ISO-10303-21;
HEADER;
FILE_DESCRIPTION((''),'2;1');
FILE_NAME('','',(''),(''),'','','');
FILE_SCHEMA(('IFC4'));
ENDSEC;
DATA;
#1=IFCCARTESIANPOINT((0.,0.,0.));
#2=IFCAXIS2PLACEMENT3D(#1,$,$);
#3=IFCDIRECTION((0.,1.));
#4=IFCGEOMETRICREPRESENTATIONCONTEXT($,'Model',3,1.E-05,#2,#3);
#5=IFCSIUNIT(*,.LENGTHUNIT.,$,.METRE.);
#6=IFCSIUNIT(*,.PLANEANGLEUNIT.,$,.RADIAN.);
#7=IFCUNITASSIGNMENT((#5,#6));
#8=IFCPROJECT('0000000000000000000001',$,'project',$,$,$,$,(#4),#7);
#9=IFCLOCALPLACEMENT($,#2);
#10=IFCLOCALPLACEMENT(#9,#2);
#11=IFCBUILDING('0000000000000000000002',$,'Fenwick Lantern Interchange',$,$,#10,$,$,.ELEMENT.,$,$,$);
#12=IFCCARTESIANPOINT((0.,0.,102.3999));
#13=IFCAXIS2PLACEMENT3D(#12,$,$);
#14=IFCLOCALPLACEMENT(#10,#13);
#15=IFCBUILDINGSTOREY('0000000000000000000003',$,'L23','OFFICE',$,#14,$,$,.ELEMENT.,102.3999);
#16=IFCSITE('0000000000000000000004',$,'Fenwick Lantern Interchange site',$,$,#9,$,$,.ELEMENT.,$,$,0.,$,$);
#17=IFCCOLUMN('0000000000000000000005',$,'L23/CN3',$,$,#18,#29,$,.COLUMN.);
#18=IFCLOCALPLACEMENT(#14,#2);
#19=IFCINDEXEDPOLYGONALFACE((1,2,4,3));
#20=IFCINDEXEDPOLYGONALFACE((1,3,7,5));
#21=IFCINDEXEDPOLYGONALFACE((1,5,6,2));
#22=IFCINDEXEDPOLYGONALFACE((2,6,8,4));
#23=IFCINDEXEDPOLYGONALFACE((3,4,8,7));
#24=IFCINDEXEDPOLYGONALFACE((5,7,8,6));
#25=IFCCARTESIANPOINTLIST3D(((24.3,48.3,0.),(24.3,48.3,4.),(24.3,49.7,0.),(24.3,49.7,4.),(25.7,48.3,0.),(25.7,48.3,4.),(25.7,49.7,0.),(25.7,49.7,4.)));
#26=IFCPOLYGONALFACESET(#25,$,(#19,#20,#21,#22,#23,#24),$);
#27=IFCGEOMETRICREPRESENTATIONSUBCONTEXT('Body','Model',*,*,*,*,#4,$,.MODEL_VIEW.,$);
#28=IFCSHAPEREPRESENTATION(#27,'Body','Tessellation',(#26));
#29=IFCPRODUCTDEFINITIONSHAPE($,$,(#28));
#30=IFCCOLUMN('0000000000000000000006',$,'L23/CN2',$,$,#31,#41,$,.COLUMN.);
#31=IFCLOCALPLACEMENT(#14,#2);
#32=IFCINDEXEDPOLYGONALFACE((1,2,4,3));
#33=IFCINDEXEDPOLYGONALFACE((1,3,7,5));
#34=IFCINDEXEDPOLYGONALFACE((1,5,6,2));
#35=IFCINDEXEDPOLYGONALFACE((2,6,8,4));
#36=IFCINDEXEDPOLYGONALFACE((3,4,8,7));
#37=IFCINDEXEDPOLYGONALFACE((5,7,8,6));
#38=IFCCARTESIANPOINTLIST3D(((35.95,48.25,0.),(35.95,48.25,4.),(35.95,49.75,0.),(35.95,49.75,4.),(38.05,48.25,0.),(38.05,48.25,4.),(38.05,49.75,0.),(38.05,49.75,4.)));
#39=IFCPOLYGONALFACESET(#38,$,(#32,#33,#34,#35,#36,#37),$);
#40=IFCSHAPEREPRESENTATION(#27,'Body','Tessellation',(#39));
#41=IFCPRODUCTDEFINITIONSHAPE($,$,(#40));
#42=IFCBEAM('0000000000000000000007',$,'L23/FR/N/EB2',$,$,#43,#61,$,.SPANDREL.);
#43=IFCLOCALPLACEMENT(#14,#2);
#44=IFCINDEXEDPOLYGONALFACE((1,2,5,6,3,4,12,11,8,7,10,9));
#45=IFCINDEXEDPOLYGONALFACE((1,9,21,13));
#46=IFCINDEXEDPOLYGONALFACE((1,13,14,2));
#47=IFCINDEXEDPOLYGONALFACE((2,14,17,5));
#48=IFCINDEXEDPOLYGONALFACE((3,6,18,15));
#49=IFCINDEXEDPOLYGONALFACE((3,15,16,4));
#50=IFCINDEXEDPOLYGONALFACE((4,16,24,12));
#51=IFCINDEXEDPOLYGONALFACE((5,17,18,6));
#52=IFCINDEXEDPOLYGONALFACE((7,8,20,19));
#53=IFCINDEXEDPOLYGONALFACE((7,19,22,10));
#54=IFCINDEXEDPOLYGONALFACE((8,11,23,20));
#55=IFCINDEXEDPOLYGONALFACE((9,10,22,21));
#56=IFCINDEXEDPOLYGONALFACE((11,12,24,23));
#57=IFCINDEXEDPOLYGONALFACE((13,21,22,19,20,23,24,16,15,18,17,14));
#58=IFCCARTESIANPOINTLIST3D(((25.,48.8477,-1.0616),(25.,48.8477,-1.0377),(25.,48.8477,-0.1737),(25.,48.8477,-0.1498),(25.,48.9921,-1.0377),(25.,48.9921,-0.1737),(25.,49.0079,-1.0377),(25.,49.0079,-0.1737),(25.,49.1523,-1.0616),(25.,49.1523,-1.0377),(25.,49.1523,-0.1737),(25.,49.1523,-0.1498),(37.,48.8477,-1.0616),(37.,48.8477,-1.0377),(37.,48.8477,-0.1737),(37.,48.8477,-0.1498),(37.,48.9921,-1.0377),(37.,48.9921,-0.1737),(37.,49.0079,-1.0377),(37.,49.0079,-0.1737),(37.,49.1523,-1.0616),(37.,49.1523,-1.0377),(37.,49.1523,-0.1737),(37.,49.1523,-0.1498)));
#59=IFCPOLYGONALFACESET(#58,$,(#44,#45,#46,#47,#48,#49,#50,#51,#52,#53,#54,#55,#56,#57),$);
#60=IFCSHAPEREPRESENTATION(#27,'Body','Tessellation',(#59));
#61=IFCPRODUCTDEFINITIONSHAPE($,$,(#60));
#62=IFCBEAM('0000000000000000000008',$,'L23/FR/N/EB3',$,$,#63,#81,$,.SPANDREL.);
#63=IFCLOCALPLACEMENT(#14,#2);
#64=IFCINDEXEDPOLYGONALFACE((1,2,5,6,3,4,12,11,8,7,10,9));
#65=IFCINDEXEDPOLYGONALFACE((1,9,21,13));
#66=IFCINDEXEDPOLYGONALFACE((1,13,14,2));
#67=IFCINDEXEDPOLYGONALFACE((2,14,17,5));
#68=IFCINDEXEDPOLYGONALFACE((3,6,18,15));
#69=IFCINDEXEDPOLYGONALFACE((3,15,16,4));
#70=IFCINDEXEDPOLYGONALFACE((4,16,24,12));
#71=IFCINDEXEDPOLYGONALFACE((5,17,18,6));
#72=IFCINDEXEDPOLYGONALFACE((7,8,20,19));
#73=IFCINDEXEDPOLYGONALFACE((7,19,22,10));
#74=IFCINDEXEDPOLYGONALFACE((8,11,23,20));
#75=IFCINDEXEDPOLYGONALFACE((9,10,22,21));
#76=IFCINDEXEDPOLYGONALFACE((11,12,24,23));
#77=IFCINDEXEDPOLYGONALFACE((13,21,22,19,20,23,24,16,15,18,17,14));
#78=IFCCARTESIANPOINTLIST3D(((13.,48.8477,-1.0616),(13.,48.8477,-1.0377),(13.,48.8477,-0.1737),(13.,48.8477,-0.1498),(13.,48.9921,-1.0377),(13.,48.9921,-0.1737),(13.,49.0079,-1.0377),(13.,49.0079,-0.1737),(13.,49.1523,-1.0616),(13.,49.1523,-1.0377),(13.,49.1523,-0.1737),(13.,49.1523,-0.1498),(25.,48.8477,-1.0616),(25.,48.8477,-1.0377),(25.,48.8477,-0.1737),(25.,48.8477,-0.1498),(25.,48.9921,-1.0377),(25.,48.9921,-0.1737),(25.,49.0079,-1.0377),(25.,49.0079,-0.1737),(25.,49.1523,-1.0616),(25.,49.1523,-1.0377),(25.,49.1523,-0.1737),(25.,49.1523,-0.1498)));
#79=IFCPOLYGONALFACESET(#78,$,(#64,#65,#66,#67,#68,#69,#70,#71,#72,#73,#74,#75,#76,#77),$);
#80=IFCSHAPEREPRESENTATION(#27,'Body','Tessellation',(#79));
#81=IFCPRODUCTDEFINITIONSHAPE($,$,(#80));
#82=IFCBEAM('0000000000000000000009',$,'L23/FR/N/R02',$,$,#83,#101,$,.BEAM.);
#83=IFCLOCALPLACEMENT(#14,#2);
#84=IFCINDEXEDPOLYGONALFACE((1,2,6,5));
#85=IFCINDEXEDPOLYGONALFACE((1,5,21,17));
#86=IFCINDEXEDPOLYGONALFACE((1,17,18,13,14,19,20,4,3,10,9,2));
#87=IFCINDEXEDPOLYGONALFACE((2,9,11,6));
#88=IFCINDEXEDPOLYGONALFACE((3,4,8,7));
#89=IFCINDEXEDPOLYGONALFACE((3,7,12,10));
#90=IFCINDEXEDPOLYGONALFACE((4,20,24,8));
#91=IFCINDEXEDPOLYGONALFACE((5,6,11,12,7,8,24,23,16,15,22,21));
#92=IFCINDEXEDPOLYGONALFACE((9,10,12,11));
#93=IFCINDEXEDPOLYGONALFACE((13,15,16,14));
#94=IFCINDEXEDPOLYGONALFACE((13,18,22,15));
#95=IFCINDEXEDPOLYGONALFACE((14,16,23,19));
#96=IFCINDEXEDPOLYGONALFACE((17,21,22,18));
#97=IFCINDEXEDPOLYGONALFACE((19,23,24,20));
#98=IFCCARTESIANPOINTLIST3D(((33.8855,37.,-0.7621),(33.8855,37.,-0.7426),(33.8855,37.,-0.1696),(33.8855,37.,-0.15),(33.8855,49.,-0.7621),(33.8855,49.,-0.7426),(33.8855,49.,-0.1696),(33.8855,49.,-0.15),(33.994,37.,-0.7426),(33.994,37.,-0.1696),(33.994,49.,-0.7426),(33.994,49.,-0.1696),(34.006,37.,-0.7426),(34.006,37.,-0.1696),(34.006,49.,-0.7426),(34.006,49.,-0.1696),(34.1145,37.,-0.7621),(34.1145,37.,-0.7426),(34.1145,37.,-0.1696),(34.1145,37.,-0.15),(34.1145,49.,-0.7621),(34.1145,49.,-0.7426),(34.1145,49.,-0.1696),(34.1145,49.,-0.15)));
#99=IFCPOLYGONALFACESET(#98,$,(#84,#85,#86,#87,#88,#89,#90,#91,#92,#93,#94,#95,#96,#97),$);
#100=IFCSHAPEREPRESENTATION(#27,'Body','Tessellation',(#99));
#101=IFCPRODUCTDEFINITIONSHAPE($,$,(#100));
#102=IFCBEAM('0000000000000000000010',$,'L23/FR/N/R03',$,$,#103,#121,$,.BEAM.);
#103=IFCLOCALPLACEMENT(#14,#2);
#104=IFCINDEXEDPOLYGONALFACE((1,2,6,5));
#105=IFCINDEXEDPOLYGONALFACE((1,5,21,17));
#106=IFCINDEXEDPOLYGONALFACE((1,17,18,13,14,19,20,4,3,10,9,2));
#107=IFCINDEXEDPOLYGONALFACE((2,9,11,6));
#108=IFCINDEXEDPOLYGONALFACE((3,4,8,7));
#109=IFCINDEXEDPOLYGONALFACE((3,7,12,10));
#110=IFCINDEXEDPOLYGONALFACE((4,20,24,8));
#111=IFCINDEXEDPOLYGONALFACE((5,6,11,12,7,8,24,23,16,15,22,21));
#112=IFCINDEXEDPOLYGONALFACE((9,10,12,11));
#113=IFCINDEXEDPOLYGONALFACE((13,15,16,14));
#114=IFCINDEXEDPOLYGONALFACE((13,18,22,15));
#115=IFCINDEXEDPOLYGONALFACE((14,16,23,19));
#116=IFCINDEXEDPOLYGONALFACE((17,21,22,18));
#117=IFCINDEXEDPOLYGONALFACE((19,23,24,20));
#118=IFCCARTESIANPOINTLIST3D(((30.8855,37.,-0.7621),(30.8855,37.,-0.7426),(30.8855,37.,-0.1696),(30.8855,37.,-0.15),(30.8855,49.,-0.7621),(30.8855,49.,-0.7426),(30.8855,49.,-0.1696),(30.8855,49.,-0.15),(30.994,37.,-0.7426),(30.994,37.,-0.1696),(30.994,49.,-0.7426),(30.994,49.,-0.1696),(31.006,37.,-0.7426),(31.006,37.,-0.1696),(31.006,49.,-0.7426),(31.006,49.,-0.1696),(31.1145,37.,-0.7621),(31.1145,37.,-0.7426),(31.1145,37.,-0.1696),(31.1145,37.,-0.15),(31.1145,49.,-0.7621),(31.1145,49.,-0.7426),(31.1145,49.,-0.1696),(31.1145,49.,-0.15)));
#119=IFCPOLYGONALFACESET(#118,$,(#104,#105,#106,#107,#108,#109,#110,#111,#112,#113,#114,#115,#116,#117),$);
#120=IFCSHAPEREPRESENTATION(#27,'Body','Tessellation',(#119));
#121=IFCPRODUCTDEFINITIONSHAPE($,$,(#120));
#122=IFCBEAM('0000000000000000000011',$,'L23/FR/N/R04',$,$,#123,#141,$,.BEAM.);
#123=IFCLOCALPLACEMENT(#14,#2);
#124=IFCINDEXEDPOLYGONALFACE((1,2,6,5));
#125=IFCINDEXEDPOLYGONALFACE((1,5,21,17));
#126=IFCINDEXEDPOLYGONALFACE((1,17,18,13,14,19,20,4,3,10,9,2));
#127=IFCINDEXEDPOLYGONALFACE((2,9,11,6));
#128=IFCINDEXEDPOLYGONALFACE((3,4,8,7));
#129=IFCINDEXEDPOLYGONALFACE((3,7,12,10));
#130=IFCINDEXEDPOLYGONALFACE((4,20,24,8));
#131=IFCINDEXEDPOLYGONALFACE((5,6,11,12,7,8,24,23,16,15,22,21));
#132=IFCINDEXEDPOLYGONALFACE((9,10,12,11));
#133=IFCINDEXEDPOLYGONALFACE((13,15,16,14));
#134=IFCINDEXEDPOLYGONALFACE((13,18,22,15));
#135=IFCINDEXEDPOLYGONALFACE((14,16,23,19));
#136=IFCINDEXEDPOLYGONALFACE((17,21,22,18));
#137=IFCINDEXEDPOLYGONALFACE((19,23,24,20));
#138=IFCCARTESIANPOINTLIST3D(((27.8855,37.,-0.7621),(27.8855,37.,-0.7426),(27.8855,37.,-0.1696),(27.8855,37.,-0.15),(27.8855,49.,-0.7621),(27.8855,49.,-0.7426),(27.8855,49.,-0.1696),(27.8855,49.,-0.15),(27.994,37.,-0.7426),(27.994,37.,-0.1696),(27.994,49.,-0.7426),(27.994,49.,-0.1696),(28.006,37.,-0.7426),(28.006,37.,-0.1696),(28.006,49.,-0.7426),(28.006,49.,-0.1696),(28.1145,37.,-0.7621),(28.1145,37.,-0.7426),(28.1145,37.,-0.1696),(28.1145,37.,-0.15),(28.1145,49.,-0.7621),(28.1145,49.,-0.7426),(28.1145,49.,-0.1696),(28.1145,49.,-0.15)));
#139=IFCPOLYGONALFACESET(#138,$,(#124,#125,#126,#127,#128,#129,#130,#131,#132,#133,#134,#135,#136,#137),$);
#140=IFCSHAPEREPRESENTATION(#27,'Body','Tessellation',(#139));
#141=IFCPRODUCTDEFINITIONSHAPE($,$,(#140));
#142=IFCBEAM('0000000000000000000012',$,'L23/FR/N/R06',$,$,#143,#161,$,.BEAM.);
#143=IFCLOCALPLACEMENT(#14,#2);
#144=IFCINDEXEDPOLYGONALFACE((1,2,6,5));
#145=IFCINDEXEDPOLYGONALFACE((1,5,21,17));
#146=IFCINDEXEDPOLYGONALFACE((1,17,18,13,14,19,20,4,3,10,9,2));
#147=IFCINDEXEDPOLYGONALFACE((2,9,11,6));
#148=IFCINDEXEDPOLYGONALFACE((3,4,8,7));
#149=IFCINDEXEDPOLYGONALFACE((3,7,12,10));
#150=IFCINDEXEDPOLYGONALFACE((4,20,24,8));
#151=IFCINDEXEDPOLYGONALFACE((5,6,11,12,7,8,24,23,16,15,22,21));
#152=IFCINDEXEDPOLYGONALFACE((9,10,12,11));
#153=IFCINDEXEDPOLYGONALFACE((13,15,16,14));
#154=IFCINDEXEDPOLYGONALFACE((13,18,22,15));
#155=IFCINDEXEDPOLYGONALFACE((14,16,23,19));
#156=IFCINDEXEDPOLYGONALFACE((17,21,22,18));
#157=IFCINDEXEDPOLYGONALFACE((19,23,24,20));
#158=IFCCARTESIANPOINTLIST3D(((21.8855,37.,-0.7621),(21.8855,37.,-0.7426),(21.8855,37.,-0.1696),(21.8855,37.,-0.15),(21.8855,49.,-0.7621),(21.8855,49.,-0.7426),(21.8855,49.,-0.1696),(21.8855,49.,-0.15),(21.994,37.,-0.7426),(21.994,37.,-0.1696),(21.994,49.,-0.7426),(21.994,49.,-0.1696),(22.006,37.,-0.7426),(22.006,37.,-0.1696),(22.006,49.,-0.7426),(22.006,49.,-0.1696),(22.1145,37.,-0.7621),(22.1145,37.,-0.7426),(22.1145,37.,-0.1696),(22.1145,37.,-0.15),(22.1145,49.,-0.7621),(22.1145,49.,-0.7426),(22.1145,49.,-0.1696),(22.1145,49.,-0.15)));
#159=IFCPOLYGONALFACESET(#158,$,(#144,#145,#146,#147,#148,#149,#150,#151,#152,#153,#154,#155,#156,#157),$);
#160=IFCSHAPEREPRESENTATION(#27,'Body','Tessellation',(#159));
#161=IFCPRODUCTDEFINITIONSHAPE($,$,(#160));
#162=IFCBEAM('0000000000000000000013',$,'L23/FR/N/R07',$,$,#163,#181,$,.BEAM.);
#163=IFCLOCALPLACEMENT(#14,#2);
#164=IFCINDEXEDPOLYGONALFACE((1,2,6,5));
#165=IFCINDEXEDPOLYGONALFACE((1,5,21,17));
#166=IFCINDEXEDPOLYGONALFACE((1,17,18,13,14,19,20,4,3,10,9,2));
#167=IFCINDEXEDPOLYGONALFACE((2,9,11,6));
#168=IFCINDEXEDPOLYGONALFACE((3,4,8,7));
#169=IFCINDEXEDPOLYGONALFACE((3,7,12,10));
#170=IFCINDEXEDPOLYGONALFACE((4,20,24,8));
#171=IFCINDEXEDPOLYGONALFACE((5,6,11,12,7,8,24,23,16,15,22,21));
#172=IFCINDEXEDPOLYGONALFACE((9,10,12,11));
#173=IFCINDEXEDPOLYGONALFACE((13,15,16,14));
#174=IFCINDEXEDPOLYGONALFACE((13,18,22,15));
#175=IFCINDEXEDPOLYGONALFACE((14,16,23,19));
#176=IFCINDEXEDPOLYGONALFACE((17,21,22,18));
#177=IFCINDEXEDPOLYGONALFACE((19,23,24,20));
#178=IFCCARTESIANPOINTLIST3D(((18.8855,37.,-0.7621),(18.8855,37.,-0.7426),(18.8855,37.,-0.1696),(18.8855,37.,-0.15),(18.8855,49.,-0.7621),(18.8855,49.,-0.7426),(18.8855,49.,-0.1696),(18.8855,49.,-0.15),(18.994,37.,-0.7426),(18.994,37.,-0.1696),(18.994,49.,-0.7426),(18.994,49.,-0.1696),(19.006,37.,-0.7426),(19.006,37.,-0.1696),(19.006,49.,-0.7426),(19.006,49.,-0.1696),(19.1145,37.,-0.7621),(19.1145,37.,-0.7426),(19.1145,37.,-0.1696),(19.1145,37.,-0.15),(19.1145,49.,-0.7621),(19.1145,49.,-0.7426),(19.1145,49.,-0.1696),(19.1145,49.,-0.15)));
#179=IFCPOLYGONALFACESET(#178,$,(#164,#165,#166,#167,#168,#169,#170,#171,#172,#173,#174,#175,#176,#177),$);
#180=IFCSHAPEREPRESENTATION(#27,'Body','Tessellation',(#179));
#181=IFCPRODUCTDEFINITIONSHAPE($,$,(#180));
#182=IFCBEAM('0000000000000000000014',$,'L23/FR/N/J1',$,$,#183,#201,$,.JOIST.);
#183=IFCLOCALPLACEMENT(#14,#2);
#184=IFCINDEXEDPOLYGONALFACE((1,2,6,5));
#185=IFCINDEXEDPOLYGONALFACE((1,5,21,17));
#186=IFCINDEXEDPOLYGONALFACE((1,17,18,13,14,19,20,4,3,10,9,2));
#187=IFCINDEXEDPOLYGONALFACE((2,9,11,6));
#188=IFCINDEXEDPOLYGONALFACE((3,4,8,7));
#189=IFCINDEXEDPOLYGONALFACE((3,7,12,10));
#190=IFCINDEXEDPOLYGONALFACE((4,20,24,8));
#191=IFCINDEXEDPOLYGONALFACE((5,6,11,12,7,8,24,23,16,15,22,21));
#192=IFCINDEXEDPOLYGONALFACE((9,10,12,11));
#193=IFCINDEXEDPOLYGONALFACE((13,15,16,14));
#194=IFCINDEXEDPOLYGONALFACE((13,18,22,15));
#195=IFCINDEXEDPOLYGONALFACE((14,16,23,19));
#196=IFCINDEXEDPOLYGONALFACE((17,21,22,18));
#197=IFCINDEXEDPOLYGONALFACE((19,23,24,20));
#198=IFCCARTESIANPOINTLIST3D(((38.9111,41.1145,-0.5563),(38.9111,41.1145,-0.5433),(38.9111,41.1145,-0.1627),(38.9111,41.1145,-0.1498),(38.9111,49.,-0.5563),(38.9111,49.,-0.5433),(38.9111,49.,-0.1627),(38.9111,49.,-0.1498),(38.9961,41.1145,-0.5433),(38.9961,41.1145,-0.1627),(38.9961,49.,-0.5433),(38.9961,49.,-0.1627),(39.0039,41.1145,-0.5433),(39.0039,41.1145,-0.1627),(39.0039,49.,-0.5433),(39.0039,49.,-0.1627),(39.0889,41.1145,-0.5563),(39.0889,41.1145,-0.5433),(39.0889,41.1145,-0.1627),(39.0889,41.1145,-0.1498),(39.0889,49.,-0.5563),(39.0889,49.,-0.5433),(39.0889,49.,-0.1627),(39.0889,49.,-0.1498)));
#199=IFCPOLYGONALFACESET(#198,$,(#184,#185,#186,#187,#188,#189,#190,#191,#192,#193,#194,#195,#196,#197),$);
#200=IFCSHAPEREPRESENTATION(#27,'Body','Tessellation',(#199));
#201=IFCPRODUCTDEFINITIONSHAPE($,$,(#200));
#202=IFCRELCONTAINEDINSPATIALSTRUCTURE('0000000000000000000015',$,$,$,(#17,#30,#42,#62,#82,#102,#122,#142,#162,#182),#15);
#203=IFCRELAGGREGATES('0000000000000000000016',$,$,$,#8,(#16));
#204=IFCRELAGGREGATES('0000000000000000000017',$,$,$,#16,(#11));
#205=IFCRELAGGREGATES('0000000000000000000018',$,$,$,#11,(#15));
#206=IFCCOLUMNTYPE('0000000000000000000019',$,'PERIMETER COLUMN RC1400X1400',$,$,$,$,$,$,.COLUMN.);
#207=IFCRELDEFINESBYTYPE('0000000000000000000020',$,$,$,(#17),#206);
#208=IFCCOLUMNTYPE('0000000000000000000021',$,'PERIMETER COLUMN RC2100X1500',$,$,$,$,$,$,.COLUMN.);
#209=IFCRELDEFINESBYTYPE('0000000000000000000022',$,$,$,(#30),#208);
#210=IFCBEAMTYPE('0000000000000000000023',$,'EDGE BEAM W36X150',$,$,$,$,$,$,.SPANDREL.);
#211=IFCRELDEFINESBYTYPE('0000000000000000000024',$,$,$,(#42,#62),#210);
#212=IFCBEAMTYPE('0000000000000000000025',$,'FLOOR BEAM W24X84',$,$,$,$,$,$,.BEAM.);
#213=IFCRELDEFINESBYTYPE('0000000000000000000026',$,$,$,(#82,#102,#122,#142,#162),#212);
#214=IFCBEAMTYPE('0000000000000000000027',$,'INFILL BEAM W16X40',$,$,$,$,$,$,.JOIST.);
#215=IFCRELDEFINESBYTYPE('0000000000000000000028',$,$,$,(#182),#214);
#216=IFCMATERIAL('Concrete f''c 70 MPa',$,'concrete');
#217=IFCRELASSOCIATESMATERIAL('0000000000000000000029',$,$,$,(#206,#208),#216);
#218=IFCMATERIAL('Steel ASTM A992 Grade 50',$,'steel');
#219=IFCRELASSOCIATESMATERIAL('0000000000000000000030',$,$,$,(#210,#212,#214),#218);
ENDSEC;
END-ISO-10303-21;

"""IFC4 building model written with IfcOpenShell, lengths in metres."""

from ifc_helpers import new_model, si_unit, direction, frame, origin, origin_2d, place, context, subcontext, project, spatial, rectangle, i_section, extrude, material, material_profile, profile_set, type_object, element, save


model = new_model("IFC4")

# Units and contexts
model_context = context("Model", 3, precision=1e-05, world=origin(), true_north=direction((0.0, 1.0)))
body_context = subcontext(model_context, "Body", "Model", "MODEL_VIEW")
ifc_project = project(units=[si_unit("LENGTHUNIT", "METRE"), si_unit("PLANEANGLEUNIT", "RADIAN")], contexts=[model_context])

# Site, building, storey
site_placement = place(None, origin())
site = spatial("IfcSite", under=ifc_project, at=site_placement, Name="Fenwick Lantern Interchange site", CompositionType="ELEMENT", RefElevation=0.0)
building_placement = place(site_placement, origin())
building = spatial("IfcBuilding", under=site, at=building_placement, Name="Fenwick Lantern Interchange", CompositionType="ELEMENT")
storey_placement = place(building_placement, frame((0.0, 0.0, 102.3999)))
storey = spatial("IfcBuildingStorey", under=building, at=storey_placement, Name="L23", Description="OFFICE", CompositionType="ELEMENT", Elevation=102.3999)

# Columns
ifc_material_1 = material(Name="Concrete f'c 70 MPa", Category="concrete")
ifc_material_profile_1 = material_profile(ifc_material_1, rectangle(XDim=1.3999, YDim=1.3999, at=origin_2d()), Name="RC1400X1400")
ifc_profile_set_1 = profile_set([ifc_material_profile_1], Name="Concrete f'c 70 MPa")
column_type_1 = type_object("IfcColumnType", Name="PERIMETER COLUMN RC1400X1400", PredefinedType="COLUMN", material=ifc_profile_set_1)
column_1_placement = place(storey_placement, frame((25.0, 49.0, 0.0), z_axis=(0.0, 0.0, 1.0), x_axis=(1.0, 0.0, 0.0)))
element("IfcColumn", 1, at=column_1_placement, inside=storey, type_object=column_type_1, Name="L23/CN3", PredefinedType="COLUMN", context=body_context, shape_type="SweptSolid", body=[
    extrude(rectangle(XDim=1.3999, YDim=1.3999, at=origin_2d()), origin(), (0.0, 0.0, 1.0), 4.0),
])
ifc_material_profile_2 = material_profile(ifc_material_1, rectangle(XDim=2.1001, YDim=1.5, at=origin_2d()), Name="RC2100X1500")
ifc_profile_set_2 = profile_set([ifc_material_profile_2], Name="Concrete f'c 70 MPa")
column_type_2 = type_object("IfcColumnType", Name="PERIMETER COLUMN RC2100X1500", PredefinedType="COLUMN", material=ifc_profile_set_2)
column_2_placement = place(storey_placement, frame((37.0, 49.0, 0.0), z_axis=(0.0, 0.0, 1.0), x_axis=(1.0, 0.0, 0.0)))
element("IfcColumn", 2, at=column_2_placement, inside=storey, type_object=column_type_2, Name="L23/CN2", PredefinedType="COLUMN", context=body_context, shape_type="SweptSolid", body=[
    extrude(rectangle(XDim=2.1001, YDim=1.5, at=origin_2d()), origin(), (0.0, 0.0, 1.0), 4.0),
])

# Beams
ifc_material_2 = material(Name="Steel ASTM A992 Grade 50", Category="steel")
ifc_material_profile_3 = material_profile(ifc_material_2, i_section(OverallWidth=0.3047, OverallDepth=0.9119, WebThickness=0.0159, FlangeThickness=0.0239, at=origin_2d()), Name="W36X150")
ifc_profile_set_3 = profile_set([ifc_material_profile_3], Name="Steel ASTM A992 Grade 50")
beam_type_1 = type_object("IfcBeamType", Name="EDGE BEAM W36X150", PredefinedType="SPANDREL", material=ifc_profile_set_3)
for number, where, z_axis, x_axis, name in (
    (3, (37.0, 49.0, -0.6057), (-1.0, 0.0, 0.0), (0.0, -1.0, 0.0), "L23/FR/N/EB2"),
    (4, (25.0, 49.0, -0.6057), (-1.0, 0.0, 0.0), (0.0, -1.0, 0.0), "L23/FR/N/EB3"),
):
    element("IfcBeam", number, at=place(storey_placement, frame(where, z_axis=z_axis, x_axis=x_axis)), inside=storey, type_object=beam_type_1, Name=name, PredefinedType="SPANDREL", context=body_context, shape_type="SweptSolid", body=[
        extrude(i_section(OverallWidth=0.3047, OverallDepth=0.9119, WebThickness=0.0159, FlangeThickness=0.0239, at=origin_2d()), origin(), (0.0, 0.0, 1.0), 12.0),
    ])
ifc_material_profile_4 = material_profile(ifc_material_2, i_section(OverallWidth=0.229, OverallDepth=0.6121, WebThickness=0.012, FlangeThickness=0.0195, at=origin_2d()), Name="W24X84")
ifc_profile_set_4 = profile_set([ifc_material_profile_4], Name="Steel ASTM A992 Grade 50")
beam_type_2 = type_object("IfcBeamType", Name="FLOOR BEAM W24X84", PredefinedType="BEAM", material=ifc_profile_set_4)
for number, where, z_axis, x_axis, name in (
    (5, (34.0, 49.0, -0.4561), (0.0, -1.0, 0.0), (1.0, 0.0, 0.0), "L23/FR/N/R02"),
    (6, (31.0, 49.0, -0.4561), (0.0, -1.0, 0.0), (1.0, 0.0, 0.0), "L23/FR/N/R03"),
    (7, (28.0, 49.0, -0.4561), (0.0, -1.0, 0.0), (1.0, 0.0, 0.0), "L23/FR/N/R04"),
    (8, (22.0, 49.0, -0.4561), (0.0, -1.0, 0.0), (1.0, 0.0, 0.0), "L23/FR/N/R06"),
    (9, (19.0, 49.0, -0.4561), (0.0, -1.0, 0.0), (1.0, 0.0, 0.0), "L23/FR/N/R07"),
):
    element("IfcBeam", number, at=place(storey_placement, frame(where, z_axis=z_axis, x_axis=x_axis)), inside=storey, type_object=beam_type_2, Name=name, PredefinedType="BEAM", context=body_context, shape_type="SweptSolid", body=[
        extrude(i_section(OverallWidth=0.229, OverallDepth=0.6121, WebThickness=0.012, FlangeThickness=0.0195, at=origin_2d()), origin(), (0.0, 0.0, 1.0), 12.0),
    ])
ifc_material_profile_5 = material_profile(ifc_material_2, i_section(OverallWidth=0.1777, OverallDepth=0.4065, WebThickness=0.0078, FlangeThickness=0.0129, at=origin_2d()), Name="W16X40")
ifc_profile_set_5 = profile_set([ifc_material_profile_5], Name="Steel ASTM A992 Grade 50")
beam_type_3 = type_object("IfcBeamType", Name="INFILL BEAM W16X40", PredefinedType="JOIST", material=ifc_profile_set_5)
beam_1_placement = place(storey_placement, frame((39.0, 49.0, -0.353), z_axis=(0.0, -1.0, 0.0), x_axis=(1.0, 0.0, 0.0)))
element("IfcBeam", 10, at=beam_1_placement, inside=storey, type_object=beam_type_3, Name="L23/FR/N/J1", PredefinedType="JOIST", context=body_context, shape_type="SweptSolid", body=[
    extrude(i_section(OverallWidth=0.1777, OverallDepth=0.4065, WebThickness=0.0078, FlangeThickness=0.0129, at=origin_2d()), origin(), (0.0, 0.0, 1.0), 7.8855),
])

save(model, "model.ifc")
